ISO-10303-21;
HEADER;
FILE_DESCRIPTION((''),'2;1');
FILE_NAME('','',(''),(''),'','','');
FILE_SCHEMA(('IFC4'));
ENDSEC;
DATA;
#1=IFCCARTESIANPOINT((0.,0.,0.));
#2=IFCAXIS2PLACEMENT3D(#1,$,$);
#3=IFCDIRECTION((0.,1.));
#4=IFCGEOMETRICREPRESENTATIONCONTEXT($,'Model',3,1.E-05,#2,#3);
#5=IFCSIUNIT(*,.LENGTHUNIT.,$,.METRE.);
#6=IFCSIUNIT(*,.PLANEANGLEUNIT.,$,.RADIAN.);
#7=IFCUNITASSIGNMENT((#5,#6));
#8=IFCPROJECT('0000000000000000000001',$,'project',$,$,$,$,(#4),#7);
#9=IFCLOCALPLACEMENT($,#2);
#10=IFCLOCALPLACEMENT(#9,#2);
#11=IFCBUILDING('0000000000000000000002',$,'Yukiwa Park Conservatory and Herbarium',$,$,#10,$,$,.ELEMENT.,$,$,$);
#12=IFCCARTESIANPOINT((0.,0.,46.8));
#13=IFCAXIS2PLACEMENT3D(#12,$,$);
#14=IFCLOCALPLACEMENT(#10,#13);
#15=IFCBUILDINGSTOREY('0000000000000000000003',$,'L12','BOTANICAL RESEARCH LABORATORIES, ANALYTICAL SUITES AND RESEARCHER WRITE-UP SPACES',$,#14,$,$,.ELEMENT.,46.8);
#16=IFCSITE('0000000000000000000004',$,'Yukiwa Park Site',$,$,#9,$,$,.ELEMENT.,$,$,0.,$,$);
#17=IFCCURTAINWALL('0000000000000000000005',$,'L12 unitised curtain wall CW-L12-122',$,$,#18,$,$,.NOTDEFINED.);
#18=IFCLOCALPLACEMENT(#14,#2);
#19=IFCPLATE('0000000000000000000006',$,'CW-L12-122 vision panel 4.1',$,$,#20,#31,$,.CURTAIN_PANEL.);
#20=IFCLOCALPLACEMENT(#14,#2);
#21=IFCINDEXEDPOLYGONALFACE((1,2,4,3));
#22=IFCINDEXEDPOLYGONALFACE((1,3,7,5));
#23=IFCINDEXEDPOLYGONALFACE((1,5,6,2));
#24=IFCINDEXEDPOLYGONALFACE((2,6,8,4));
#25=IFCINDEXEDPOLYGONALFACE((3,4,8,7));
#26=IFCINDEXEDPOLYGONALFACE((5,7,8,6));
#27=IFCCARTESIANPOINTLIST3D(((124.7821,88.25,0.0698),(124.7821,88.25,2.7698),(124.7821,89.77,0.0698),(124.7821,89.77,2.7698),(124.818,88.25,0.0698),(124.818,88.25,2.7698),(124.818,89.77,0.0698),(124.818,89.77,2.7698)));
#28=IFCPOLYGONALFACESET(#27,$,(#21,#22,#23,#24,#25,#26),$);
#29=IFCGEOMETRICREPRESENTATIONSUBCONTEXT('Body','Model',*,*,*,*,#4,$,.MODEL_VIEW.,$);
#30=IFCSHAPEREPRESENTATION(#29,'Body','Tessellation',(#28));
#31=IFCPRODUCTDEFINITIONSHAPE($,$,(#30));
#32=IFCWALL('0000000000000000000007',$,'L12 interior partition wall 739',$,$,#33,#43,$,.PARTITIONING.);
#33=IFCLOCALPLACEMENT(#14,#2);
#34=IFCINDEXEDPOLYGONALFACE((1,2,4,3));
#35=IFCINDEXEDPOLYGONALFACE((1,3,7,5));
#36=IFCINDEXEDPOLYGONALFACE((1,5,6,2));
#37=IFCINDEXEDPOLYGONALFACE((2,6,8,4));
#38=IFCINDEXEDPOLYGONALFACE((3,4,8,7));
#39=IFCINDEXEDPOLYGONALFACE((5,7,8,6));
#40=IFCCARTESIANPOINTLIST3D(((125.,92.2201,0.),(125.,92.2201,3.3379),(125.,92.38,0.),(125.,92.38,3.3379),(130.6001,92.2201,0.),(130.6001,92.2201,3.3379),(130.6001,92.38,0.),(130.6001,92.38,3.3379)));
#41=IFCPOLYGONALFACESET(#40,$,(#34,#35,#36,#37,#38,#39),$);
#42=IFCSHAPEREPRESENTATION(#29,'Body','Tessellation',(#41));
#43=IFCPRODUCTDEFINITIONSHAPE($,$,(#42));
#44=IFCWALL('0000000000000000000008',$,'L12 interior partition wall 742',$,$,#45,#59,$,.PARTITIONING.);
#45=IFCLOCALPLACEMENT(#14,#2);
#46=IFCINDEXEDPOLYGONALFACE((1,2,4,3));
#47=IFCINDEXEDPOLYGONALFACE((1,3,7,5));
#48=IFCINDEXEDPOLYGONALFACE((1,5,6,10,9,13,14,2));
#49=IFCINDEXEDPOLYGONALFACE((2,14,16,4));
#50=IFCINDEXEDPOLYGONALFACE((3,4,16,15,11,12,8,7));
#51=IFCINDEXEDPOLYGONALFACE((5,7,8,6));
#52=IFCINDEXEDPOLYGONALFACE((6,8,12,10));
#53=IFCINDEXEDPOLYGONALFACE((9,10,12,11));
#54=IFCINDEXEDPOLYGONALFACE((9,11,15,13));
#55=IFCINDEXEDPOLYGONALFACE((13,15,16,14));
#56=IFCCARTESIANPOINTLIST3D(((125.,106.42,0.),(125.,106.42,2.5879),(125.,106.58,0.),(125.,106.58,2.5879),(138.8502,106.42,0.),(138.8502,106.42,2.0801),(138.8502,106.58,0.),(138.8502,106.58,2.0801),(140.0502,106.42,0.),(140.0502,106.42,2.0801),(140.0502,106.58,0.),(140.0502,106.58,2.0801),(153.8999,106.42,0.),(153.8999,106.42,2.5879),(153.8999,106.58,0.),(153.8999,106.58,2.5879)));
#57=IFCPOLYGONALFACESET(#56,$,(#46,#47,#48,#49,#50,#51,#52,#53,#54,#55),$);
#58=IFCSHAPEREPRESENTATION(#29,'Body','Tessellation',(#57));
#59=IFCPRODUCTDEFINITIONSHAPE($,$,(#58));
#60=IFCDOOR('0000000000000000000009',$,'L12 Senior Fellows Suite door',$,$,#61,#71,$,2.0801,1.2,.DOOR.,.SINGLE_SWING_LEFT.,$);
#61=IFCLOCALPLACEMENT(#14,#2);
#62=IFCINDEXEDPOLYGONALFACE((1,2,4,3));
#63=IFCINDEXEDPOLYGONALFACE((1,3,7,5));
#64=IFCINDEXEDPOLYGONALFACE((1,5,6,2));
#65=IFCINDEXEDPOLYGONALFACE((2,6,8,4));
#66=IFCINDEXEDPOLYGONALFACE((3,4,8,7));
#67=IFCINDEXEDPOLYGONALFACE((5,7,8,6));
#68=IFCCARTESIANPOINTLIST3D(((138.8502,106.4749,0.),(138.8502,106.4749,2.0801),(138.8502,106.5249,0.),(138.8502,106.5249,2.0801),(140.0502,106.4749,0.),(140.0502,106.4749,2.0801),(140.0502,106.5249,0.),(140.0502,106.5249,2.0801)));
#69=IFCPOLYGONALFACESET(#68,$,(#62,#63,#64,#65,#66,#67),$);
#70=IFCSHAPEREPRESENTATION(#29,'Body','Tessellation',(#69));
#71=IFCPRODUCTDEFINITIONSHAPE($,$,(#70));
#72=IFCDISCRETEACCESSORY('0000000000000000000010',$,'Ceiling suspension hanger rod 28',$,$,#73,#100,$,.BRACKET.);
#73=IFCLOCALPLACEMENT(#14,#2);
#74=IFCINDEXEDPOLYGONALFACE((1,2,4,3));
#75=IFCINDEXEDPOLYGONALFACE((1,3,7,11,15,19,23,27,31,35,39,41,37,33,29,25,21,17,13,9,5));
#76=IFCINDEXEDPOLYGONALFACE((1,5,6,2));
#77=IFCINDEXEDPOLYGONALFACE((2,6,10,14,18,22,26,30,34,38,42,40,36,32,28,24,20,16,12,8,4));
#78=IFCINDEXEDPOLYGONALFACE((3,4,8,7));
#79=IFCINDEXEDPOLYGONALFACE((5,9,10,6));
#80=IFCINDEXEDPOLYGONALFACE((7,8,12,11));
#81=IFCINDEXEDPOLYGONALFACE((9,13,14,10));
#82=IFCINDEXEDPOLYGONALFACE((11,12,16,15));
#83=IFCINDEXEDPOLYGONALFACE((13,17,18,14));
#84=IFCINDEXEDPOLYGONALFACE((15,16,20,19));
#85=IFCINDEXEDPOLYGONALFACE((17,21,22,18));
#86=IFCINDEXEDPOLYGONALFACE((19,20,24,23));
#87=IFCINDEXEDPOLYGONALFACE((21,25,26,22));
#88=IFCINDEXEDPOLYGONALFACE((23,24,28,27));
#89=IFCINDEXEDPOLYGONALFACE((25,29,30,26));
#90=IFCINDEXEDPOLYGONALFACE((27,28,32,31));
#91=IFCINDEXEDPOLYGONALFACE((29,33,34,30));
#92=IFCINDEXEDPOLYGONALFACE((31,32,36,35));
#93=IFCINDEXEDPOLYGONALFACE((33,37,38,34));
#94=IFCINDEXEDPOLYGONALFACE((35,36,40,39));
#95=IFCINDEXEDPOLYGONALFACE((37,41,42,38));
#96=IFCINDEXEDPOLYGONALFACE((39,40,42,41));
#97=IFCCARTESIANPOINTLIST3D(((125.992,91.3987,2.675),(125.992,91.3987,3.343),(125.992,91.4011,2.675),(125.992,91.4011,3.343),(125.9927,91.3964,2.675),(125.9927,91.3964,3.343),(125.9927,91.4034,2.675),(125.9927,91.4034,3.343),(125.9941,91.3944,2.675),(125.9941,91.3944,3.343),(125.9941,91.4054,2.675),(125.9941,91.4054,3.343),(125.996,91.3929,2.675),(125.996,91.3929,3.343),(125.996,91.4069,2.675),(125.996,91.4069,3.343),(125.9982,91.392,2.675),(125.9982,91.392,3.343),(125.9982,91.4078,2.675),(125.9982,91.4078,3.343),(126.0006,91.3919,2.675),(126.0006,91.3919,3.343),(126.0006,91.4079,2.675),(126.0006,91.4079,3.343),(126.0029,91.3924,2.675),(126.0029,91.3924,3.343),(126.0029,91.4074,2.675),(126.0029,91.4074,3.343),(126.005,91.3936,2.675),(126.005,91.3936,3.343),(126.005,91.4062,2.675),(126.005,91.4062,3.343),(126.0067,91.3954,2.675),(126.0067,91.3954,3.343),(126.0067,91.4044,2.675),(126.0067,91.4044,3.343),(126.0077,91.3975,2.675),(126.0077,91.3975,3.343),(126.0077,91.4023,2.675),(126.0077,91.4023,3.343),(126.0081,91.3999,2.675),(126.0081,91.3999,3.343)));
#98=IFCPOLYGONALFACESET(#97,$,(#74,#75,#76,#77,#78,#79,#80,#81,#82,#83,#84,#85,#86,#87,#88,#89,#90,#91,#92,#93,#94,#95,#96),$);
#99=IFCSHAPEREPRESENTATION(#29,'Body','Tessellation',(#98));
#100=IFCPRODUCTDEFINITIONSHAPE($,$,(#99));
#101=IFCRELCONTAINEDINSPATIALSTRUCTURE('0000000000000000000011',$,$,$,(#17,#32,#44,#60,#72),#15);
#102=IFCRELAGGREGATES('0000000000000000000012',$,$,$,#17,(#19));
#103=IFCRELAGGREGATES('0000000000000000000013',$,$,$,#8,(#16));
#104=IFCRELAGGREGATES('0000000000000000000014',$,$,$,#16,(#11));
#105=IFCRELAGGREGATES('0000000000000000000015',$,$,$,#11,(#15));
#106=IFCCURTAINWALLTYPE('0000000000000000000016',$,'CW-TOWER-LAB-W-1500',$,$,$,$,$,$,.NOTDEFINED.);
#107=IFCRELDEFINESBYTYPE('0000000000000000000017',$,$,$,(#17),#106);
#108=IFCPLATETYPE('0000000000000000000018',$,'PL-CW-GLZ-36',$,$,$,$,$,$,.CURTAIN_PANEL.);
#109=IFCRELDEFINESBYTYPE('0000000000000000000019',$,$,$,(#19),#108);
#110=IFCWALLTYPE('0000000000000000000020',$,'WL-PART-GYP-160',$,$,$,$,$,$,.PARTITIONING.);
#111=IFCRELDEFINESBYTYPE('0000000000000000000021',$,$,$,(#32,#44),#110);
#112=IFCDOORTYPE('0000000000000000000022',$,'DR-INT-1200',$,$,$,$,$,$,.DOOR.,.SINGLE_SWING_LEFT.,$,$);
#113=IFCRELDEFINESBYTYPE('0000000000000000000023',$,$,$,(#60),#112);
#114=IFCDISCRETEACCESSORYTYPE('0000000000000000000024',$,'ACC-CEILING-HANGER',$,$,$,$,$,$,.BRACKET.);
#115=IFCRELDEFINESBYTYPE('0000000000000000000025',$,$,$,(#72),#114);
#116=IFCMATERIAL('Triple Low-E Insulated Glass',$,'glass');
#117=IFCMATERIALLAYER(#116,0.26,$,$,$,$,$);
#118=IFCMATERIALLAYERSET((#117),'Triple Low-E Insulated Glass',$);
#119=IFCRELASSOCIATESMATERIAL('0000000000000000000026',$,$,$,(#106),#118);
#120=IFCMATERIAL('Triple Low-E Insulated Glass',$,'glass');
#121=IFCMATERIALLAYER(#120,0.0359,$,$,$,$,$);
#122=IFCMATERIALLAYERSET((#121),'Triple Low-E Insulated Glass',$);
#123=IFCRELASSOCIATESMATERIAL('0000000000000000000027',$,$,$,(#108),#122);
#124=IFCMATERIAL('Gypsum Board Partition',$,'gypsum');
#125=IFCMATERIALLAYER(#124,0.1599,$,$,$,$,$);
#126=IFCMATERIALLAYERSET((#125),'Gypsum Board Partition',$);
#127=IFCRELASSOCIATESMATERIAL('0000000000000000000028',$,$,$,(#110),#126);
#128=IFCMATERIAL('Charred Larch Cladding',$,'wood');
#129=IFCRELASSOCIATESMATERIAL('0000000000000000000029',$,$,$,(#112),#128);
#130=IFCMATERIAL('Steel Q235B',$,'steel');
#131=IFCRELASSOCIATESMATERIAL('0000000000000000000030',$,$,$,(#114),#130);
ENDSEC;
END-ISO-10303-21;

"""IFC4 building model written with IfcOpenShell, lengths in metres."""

from ifc_helpers import new_model, si_unit, direction, frame, frame_2d, origin, origin_2d, place, context, subcontext, project, spatial, rectangle, circle, extrude, material, layer, layer_set, type_object, element, fill, aggregate, save


model = new_model("IFC4")

# Units and contexts
model_context = context("Model", 3, precision=1e-05, world=origin(), true_north=direction((0.0, 1.0)))
body_context = subcontext(model_context, "Body", "Model", "MODEL_VIEW")
ifc_project = project(units=[si_unit("LENGTHUNIT", "METRE"), si_unit("PLANEANGLEUNIT", "RADIAN")], contexts=[model_context])

# Site, building, storey
site_placement = place(None, origin())
site = spatial("IfcSite", under=ifc_project, at=site_placement, Name="Yukiwa Park Site", CompositionType="ELEMENT", RefElevation=0.0)
building_placement = place(site_placement, origin())
building = spatial("IfcBuilding", under=site, at=building_placement, Name="Yukiwa Park Conservatory and Herbarium", CompositionType="ELEMENT")
storey_placement = place(building_placement, frame((0.0, 0.0, 46.8)))
storey = spatial("IfcBuildingStorey", under=building, at=storey_placement, Name="L12", Description="BOTANICAL RESEARCH LABORATORIES, ANALYTICAL SUITES AND RESEARCHER WRITE-UP SPACES", CompositionType="ELEMENT", Elevation=46.8)

# Curtain wall, plate
ifc_material_1 = material(Name="Triple Low-E Insulated Glass", Category="glass")
ifc_layer_1 = layer(ifc_material_1, 0.26)
ifc_layer_set_1 = layer_set([ifc_layer_1], Name="Triple Low-E Insulated Glass")
curtain_wall_type = type_object("IfcCurtainWallType", Name="CW-TOWER-LAB-W-1500", PredefinedType="NOTDEFINED", material=ifc_layer_set_1)
curtain_wall_placement = place(storey_placement, origin())
curtain_wall = element("IfcCurtainWall", 1, at=curtain_wall_placement, inside=storey, type_object=curtain_wall_type, Name="L12 unitised curtain wall CW-L12-122", PredefinedType="NOTDEFINED")
ifc_material_2 = material(Name="Triple Low-E Insulated Glass", Category="glass")
ifc_layer_2 = layer(ifc_material_2, 0.0359)
ifc_layer_set_2 = layer_set([ifc_layer_2], Name="Triple Low-E Insulated Glass")
plate_type = type_object("IfcPlateType", Name="PL-CW-GLZ-36", PredefinedType="CURTAIN_PANEL", material=ifc_layer_set_2)
plate_1_placement = place(storey_placement, frame((124.8, 89.01, 0.0698), z_axis=(0.0, 0.0, 1.0), x_axis=(0.0, -1.0, 0.0)))
plate_1 = element("IfcPlate", 2, at=plate_1_placement, type_object=plate_type, Name="CW-L12-122 vision panel 4.1", PredefinedType="CURTAIN_PANEL", context=body_context, shape_type="SweptSolid", body=[
    extrude(rectangle(XDim=1.52, YDim=0.0359, at=origin_2d()), origin(), (0.0, 0.0, 1.0), 2.7),
])
aggregate(curtain_wall, [plate_1])

# Wall
ifc_material_3 = material(Name="Gypsum Board Partition", Category="gypsum")
ifc_layer_3 = layer(ifc_material_3, 0.1599)
ifc_layer_set_3 = layer_set([ifc_layer_3], Name="Gypsum Board Partition")
wall_type = type_object("IfcWallType", Name="WL-PART-GYP-160", PredefinedType="PARTITIONING", material=ifc_layer_set_3)
wall_1_placement = place(storey_placement, frame((125.0, 92.3, 0.0), z_axis=(0.0, 0.0, 1.0), x_axis=(1.0, 0.0, 0.0)))
element("IfcWall", 3, at=wall_1_placement, inside=storey, type_object=wall_type, Name="L12 interior partition wall 739", PredefinedType="PARTITIONING", context=body_context, shape_type="SweptSolid", body=[
    extrude(rectangle(XDim=5.6001, YDim=0.1599, at=frame_2d((2.8, 0.0))), origin(), (0.0, 0.0, 1.0), 3.3379),
])

# Wall, opening, door
wall_2_placement = place(storey_placement, frame((125.0, 106.5, 0.0), z_axis=(0.0, 0.0, 1.0), x_axis=(1.0, 0.0, 0.0)))
wall_2 = element("IfcWall", 4, at=wall_2_placement, inside=storey, type_object=wall_type, Name="L12 interior partition wall 742", PredefinedType="PARTITIONING", context=body_context, shape_type="SweptSolid", body=[
    extrude(rectangle(XDim=28.8999, YDim=0.1599, at=frame_2d((14.45, 0.0))), origin(), (0.0, 0.0, 1.0), 2.5879),
])
opening_placement = place(wall_2_placement, frame((13.8501, 0.0, 0.0)))
opening = element("IfcOpeningElement", 5, at=opening_placement, cuts=wall_2, PredefinedType="OPENING", context=body_context, shape_type="SweptSolid", body=[
    extrude(rectangle(XDim=1.2, YDim=2.0801, at=frame_2d((0.6001, 1.04))), frame((0.0, 0.0898, 0.0), z_axis=(0.0, -1.0, 0.0), x_axis=(1.0, 0.0, 0.0)), (0.0, 0.0, 1.0), 0.1799),
])
ifc_material_4 = material(Name="Charred Larch Cladding", Category="wood")
door_type = type_object("IfcDoorType", Name="DR-INT-1200", OperationType="SINGLE_SWING_LEFT", PredefinedType="DOOR", material=ifc_material_4)
door_placement = place(opening_placement, origin())
door = element("IfcDoor", 6, at=door_placement, inside=storey, type_object=door_type, Name="L12 Senior Fellows Suite door", OperationType="SINGLE_SWING_LEFT", OverallHeight=2.0801, OverallWidth=1.2, PredefinedType="DOOR", context=body_context, shape_type="SweptSolid", body=[
    extrude(rectangle(XDim=1.2, YDim=2.0801, at=frame_2d((0.6001, 1.04))), frame((0.0, 0.0249, 0.0), z_axis=(0.0, -1.0, 0.0), x_axis=(1.0, 0.0, 0.0)), (0.0, 0.0, 1.0), 0.05),
])
fill(opening, door)

# Discrete accessory
ifc_material_5 = material(Name="Steel Q235B", Category="steel")
discrete_accessory_type = type_object("IfcDiscreteAccessoryType", Name="ACC-CEILING-HANGER", PredefinedType="BRACKET", material=ifc_material_5)
discrete_accessory_placement = place(storey_placement, frame((126.0, 91.3999, 2.675), z_axis=(0.0, 0.0, 1.0), x_axis=(1.0, 0.0, 0.0)))
element("IfcDiscreteAccessory", 7, at=discrete_accessory_placement, inside=storey, type_object=discrete_accessory_type, Name="Ceiling suspension hanger rod 28", PredefinedType="BRACKET", context=body_context, shape_type="SweptSolid", body=[
    extrude(circle(Radius=0.0081, at=origin_2d()), origin(), (0.0, 0.0, 1.0), 0.668),
])

save(model, "model.ifc")
